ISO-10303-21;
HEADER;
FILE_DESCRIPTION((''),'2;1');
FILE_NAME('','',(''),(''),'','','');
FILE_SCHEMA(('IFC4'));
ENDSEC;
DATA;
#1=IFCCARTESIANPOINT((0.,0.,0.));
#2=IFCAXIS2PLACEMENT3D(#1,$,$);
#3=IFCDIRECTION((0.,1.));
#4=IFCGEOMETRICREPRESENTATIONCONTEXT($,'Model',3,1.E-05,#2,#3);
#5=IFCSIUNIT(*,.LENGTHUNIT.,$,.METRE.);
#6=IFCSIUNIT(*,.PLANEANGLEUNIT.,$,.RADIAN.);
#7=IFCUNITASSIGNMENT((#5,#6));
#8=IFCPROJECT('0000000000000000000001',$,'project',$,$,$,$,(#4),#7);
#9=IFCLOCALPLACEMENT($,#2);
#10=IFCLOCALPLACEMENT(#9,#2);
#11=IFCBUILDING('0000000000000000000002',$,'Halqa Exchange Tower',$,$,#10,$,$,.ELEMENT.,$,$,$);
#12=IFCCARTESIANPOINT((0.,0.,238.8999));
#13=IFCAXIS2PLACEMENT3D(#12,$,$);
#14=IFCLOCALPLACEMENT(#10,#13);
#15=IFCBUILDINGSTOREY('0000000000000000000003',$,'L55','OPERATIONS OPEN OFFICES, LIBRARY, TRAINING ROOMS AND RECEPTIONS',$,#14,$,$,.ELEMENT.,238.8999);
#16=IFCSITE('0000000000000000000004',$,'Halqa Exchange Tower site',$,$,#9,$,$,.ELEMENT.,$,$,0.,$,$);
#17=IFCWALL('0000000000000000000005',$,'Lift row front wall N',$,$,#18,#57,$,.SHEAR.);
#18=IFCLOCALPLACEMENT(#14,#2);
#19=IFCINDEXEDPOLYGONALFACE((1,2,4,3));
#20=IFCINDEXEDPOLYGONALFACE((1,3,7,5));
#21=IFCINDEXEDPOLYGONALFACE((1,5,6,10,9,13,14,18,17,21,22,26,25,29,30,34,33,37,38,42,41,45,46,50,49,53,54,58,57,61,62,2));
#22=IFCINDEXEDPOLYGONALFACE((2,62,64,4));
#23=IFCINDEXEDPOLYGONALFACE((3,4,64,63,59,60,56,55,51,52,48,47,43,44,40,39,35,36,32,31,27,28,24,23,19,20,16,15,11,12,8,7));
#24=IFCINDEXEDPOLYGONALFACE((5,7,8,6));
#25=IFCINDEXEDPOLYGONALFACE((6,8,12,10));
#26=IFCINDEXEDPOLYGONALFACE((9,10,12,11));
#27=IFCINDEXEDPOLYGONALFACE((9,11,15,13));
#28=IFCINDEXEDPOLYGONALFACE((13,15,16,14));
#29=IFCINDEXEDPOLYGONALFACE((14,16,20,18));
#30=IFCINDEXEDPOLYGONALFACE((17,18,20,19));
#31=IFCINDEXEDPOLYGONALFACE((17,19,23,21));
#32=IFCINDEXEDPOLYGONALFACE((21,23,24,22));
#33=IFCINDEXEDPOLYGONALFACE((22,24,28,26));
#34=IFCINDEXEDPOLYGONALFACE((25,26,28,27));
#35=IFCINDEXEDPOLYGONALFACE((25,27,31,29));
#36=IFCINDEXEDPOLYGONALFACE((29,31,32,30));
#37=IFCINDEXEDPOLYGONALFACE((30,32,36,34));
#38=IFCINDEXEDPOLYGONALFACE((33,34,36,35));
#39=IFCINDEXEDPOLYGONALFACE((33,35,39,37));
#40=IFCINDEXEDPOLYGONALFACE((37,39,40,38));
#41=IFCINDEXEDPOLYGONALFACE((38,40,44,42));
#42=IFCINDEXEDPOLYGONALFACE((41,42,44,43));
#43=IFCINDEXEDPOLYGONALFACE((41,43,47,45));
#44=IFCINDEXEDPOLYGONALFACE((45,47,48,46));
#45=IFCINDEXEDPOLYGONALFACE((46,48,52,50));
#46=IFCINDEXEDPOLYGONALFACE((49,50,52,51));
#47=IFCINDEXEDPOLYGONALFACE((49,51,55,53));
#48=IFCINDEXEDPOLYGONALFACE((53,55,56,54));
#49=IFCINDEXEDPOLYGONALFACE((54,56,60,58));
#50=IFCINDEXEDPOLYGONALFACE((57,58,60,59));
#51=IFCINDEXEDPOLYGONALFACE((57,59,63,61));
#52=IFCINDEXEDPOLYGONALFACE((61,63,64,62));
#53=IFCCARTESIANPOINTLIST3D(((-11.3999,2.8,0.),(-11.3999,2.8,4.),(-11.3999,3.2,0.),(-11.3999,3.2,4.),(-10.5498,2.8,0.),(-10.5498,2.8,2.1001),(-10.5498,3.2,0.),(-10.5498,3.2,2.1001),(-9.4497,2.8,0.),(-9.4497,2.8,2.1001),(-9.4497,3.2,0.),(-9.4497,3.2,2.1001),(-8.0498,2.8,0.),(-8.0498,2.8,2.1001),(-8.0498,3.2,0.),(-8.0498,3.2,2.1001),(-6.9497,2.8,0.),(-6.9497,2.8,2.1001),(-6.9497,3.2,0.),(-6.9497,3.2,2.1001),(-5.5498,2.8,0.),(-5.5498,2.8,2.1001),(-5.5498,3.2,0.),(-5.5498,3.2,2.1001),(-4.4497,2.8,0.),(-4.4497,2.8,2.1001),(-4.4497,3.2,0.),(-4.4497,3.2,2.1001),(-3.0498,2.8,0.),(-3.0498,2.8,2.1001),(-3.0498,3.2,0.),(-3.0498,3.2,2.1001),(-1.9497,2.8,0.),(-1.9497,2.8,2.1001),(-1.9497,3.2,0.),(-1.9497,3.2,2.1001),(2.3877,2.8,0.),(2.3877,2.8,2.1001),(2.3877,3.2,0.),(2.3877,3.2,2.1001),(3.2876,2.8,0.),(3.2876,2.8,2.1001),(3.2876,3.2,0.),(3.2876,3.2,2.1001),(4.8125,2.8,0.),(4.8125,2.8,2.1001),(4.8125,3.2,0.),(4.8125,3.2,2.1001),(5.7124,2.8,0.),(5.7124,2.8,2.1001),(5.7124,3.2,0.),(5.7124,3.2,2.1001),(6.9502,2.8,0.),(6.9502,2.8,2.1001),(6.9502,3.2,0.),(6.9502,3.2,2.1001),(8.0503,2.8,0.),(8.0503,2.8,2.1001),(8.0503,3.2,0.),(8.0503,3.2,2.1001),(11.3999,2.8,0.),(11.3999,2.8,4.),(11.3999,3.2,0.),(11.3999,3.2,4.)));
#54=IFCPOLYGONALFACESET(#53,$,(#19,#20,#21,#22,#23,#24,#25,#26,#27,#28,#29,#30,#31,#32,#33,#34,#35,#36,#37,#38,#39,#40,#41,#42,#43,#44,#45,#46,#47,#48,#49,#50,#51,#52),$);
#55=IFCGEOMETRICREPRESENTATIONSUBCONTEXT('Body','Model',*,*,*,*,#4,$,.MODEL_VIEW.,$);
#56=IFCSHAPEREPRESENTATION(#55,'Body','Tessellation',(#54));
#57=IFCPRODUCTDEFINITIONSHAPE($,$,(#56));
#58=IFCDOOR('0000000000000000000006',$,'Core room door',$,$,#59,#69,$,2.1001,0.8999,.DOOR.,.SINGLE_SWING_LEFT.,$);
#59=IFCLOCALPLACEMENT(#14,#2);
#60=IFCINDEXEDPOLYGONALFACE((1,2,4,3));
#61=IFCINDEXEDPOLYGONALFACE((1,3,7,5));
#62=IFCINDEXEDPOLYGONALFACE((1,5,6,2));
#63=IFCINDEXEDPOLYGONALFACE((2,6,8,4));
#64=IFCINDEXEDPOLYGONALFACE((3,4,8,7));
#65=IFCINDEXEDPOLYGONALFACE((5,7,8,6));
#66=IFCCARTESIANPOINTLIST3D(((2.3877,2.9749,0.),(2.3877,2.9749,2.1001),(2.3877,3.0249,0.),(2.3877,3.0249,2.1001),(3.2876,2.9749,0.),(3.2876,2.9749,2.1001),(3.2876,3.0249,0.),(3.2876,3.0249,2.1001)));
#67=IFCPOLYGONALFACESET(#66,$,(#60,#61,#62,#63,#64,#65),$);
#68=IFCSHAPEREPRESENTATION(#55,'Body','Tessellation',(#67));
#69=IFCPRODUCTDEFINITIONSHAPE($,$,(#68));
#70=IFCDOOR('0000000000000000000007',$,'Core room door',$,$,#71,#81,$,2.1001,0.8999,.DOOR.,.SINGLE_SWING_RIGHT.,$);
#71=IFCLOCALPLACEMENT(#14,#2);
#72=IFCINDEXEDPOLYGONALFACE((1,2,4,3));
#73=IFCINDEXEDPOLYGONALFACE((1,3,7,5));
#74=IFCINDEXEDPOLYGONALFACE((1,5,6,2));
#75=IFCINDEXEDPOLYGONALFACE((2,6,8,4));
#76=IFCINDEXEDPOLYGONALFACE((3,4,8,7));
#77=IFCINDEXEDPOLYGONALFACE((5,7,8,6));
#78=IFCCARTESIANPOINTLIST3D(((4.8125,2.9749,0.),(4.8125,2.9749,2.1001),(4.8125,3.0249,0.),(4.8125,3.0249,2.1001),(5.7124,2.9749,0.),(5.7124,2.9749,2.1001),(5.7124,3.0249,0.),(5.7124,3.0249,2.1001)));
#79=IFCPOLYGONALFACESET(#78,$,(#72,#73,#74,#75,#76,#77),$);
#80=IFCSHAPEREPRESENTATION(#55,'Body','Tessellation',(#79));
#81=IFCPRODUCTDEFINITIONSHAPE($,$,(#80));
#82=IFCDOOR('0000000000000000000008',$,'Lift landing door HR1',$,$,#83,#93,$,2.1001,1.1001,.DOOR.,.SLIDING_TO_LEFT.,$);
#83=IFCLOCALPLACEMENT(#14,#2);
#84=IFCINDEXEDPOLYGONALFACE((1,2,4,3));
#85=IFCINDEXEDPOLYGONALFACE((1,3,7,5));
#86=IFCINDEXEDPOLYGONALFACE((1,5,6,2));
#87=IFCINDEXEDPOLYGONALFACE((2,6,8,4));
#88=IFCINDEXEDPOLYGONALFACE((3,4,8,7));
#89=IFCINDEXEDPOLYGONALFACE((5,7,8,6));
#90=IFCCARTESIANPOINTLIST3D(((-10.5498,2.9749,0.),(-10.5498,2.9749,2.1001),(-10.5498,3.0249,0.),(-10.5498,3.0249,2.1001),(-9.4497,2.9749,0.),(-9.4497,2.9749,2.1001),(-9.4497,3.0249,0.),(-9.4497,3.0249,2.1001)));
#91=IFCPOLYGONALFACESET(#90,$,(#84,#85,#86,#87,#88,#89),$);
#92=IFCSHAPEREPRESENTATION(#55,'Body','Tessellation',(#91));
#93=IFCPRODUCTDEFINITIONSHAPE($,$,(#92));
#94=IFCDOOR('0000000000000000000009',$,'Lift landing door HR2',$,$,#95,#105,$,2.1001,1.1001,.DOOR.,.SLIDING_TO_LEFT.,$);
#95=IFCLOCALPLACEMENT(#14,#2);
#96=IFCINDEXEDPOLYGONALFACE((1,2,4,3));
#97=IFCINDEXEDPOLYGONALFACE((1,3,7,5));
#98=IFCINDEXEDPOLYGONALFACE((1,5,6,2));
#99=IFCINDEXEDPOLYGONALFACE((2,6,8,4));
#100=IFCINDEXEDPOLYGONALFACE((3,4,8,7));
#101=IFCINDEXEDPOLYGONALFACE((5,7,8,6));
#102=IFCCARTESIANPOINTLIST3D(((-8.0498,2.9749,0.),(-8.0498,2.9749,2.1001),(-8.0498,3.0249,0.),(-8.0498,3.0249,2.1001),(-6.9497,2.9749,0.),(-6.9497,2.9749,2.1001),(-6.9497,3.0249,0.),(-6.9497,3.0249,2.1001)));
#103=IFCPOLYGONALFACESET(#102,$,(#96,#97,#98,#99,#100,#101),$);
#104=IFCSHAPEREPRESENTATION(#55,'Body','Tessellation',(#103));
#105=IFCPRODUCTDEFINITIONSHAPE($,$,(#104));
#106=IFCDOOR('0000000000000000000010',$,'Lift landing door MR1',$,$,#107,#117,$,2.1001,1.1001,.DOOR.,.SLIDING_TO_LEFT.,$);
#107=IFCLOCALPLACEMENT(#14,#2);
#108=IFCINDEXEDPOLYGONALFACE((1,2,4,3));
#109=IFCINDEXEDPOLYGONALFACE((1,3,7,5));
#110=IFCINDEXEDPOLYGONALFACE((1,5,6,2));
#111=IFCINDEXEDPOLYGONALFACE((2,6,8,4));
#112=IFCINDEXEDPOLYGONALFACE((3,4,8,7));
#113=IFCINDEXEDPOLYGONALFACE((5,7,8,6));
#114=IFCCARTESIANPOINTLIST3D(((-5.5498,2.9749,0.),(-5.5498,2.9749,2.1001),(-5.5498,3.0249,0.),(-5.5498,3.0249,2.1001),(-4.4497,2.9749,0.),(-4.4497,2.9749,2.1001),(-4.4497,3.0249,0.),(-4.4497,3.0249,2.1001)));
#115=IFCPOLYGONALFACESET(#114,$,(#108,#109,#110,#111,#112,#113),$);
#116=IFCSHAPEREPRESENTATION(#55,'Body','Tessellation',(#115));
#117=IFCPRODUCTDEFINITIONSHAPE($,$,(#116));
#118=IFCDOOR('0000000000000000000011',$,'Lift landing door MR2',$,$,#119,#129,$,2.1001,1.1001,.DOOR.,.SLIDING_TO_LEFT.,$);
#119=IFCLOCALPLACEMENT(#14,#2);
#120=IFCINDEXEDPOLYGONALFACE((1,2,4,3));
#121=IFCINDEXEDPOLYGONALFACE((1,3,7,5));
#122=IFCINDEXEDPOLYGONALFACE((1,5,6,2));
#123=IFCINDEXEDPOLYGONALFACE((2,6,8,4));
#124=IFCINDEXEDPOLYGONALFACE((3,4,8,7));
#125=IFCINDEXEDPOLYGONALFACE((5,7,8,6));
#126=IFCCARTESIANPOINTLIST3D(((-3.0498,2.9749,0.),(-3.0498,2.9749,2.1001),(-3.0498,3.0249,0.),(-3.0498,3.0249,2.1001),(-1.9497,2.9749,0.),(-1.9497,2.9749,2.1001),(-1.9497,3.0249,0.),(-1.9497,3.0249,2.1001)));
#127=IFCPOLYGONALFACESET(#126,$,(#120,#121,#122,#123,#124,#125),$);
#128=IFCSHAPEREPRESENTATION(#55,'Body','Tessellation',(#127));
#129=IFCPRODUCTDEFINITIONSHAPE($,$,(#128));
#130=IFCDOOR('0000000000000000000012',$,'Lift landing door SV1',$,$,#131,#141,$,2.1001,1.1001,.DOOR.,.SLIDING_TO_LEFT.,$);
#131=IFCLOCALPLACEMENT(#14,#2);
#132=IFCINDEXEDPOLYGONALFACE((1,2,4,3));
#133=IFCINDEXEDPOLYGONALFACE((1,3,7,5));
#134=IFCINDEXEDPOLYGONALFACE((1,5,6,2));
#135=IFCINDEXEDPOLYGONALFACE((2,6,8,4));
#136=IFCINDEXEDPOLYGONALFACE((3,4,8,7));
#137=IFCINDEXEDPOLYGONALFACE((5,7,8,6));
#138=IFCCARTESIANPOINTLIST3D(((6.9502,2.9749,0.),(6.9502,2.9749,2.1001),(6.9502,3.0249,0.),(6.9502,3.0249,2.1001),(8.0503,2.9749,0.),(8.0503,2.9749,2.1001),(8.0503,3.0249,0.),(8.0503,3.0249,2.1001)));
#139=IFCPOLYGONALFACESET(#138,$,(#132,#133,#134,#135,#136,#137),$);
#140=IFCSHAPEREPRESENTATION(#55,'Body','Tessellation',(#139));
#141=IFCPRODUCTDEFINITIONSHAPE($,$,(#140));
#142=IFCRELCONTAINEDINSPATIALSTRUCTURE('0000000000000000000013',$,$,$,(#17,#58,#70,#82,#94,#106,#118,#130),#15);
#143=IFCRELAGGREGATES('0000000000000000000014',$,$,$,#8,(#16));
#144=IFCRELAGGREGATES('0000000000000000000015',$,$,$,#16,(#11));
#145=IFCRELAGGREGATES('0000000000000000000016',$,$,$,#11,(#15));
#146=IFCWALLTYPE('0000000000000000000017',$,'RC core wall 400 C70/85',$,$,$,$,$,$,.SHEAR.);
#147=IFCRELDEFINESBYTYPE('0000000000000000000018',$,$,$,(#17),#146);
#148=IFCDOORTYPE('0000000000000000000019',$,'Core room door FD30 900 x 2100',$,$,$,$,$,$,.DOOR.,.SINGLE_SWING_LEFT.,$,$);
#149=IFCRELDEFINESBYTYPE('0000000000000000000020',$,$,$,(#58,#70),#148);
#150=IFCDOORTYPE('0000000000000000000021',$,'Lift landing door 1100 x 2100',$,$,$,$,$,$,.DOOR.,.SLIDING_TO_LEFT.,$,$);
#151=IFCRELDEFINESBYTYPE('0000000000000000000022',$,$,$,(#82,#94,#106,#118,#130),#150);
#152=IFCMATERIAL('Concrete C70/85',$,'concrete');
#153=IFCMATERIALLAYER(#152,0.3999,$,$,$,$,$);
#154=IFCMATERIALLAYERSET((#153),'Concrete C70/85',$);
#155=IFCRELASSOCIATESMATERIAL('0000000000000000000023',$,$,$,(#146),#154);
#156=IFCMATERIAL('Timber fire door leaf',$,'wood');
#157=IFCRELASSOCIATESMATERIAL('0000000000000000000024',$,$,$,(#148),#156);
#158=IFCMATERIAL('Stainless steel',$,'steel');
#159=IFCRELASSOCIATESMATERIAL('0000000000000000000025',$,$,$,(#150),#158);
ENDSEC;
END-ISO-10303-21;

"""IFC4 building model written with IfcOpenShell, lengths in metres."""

from ifc_helpers import new_model, si_unit, direction, frame, frame_2d, origin, place, context, subcontext, project, spatial, rectangle, extrude, material, layer, layer_set, type_object, element, fill, save


model = new_model("IFC4")

# Units and contexts
model_context = context("Model", 3, precision=1e-05, world=origin(), true_north=direction((0.0, 1.0)))
body_context = subcontext(model_context, "Body", "Model", "MODEL_VIEW")
ifc_project = project(units=[si_unit("LENGTHUNIT", "METRE"), si_unit("PLANEANGLEUNIT", "RADIAN")], contexts=[model_context])

# Site, building, storey
site_placement = place(None, origin())
site = spatial("IfcSite", under=ifc_project, at=site_placement, Name="Halqa Exchange Tower site", CompositionType="ELEMENT", RefElevation=0.0)
building_placement = place(site_placement, origin())
building = spatial("IfcBuilding", under=site, at=building_placement, Name="Halqa Exchange Tower", CompositionType="ELEMENT")
storey_placement = place(building_placement, frame((0.0, 0.0, 238.8999)))
storey = spatial("IfcBuildingStorey", under=building, at=storey_placement, Name="L55", Description="OPERATIONS OPEN OFFICES, LIBRARY, TRAINING ROOMS AND RECEPTIONS", CompositionType="ELEMENT", Elevation=238.8999)

# Wall, openings, doors
ifc_material_1 = material(Name="Concrete C70/85", Category="concrete")
ifc_layer_1 = layer(ifc_material_1, 0.3999)
ifc_layer_set_1 = layer_set([ifc_layer_1], Name="Concrete C70/85")
wall_type_1 = type_object("IfcWallType", Name="RC core wall 400 C70/85", PredefinedType="SHEAR", material=ifc_layer_set_1)
wall_1_placement = place(storey_placement, frame((-11.3999, 3.0, 0.0), z_axis=(0.0, 0.0, 1.0), x_axis=(1.0, 0.0, 0.0)))
wall_1 = element("IfcWall", 1, at=wall_1_placement, inside=storey, type_object=wall_type_1, Name="Lift row front wall N", PredefinedType="SHEAR", context=body_context, shape_type="SweptSolid", body=[
    extrude(rectangle(XDim=22.7998, YDim=0.3999, at=frame_2d((11.3999, 0.0))), origin(), (0.0, 0.0, 1.0), 4.0),
])
opening_1_placement = place(wall_1_placement, frame((0.8501, 0.0, 0.0)))
opening_1 = element("IfcOpeningElement", 2, at=opening_1_placement, cuts=wall_1, PredefinedType="OPENING", context=body_context, shape_type="SweptSolid", body=[
    extrude(rectangle(XDim=1.1001, YDim=2.1001, at=frame_2d((0.55, 1.05))), frame((0.0, 0.2119, 0.0), z_axis=(0.0, -1.0, 0.0), x_axis=(1.0, 0.0, 0.0)), (0.0, 0.0, 1.0), 0.4238),
])
opening_2_placement = place(wall_1_placement, frame((3.3501, 0.0, 0.0)))
opening_2 = element("IfcOpeningElement", 3, at=opening_2_placement, cuts=wall_1, PredefinedType="OPENING", context=body_context, shape_type="SweptSolid", body=[
    extrude(rectangle(XDim=1.1001, YDim=2.1001, at=frame_2d((0.55, 1.05))), frame((0.0, 0.2119, 0.0), z_axis=(0.0, -1.0, 0.0), x_axis=(1.0, 0.0, 0.0)), (0.0, 0.0, 1.0), 0.4238),
])
opening_3_placement = place(wall_1_placement, frame((5.8501, 0.0, 0.0)))
opening_3 = element("IfcOpeningElement", 4, at=opening_3_placement, cuts=wall_1, PredefinedType="OPENING", context=body_context, shape_type="SweptSolid", body=[
    extrude(rectangle(XDim=1.1001, YDim=2.1001, at=frame_2d((0.55, 1.05))), frame((0.0, 0.2119, 0.0), z_axis=(0.0, -1.0, 0.0), x_axis=(1.0, 0.0, 0.0)), (0.0, 0.0, 1.0), 0.4238),
])
opening_4_placement = place(wall_1_placement, frame((8.3501, 0.0, 0.0)))
opening_4 = element("IfcOpeningElement", 5, at=opening_4_placement, cuts=wall_1, PredefinedType="OPENING", context=body_context, shape_type="SweptSolid", body=[
    extrude(rectangle(XDim=1.1001, YDim=2.1001, at=frame_2d((0.55, 1.05))), frame((0.0, 0.2119, 0.0), z_axis=(0.0, -1.0, 0.0), x_axis=(1.0, 0.0, 0.0)), (0.0, 0.0, 1.0), 0.4238),
])
opening_5_placement = place(wall_1_placement, frame((18.3501, 0.0, 0.0)))
opening_5 = element("IfcOpeningElement", 6, at=opening_5_placement, cuts=wall_1, PredefinedType="OPENING", context=body_context, shape_type="SweptSolid", body=[
    extrude(rectangle(XDim=1.1001, YDim=2.1001, at=frame_2d((0.55, 1.05))), frame((0.0, 0.2119, 0.0), z_axis=(0.0, -1.0, 0.0), x_axis=(1.0, 0.0, 0.0)), (0.0, 0.0, 1.0), 0.4238),
])
opening_6_placement = place(wall_1_placement, frame((13.7876, 0.0, 0.0)))
opening_6 = element("IfcOpeningElement", 7, at=opening_6_placement, cuts=wall_1, PredefinedType="OPENING", context=body_context, shape_type="SweptSolid", body=[
    extrude(rectangle(XDim=0.8999, YDim=2.1001, at=frame_2d((0.45, 1.05))), frame((0.0, 0.2119, 0.0), z_axis=(0.0, -1.0, 0.0), x_axis=(1.0, 0.0, 0.0)), (0.0, 0.0, 1.0), 0.4238),
])
opening_7_placement = place(wall_1_placement, frame((16.2124, 0.0, 0.0)))
opening_7 = element("IfcOpeningElement", 8, at=opening_7_placement, cuts=wall_1, PredefinedType="OPENING", context=body_context, shape_type="SweptSolid", body=[
    extrude(rectangle(XDim=0.8999, YDim=2.1001, at=frame_2d((0.45, 1.05))), frame((0.0, 0.2119, 0.0), z_axis=(0.0, -1.0, 0.0), x_axis=(1.0, 0.0, 0.0)), (0.0, 0.0, 1.0), 0.4238),
])
ifc_material_2 = material(Name="Timber fire door leaf", Category="wood")
door_type_1 = type_object("IfcDoorType", Name="Core room door FD30 900 x 2100", OperationType="SINGLE_SWING_LEFT", PredefinedType="DOOR", material=ifc_material_2)
door_1_placement = place(opening_6_placement, origin())
door_1 = element("IfcDoor", 9, at=door_1_placement, inside=storey, type_object=door_type_1, Name="Core room door", OperationType="SINGLE_SWING_LEFT", OverallHeight=2.1001, OverallWidth=0.8999, PredefinedType="DOOR", context=body_context, shape_type="SweptSolid", body=[
    extrude(rectangle(XDim=0.8999, YDim=2.1001, at=frame_2d((0.45, 1.05))), frame((0.0, 0.0249, 0.0), z_axis=(0.0, -1.0, 0.0), x_axis=(1.0, 0.0, 0.0)), (0.0, 0.0, 1.0), 0.05),
])
fill(opening_6, door_1)
door_2_placement = place(opening_7_placement, origin())
door_2 = element("IfcDoor", 10, at=door_2_placement, inside=storey, type_object=door_type_1, Name="Core room door", OperationType="SINGLE_SWING_RIGHT", OverallHeight=2.1001, OverallWidth=0.8999, PredefinedType="DOOR", context=body_context, shape_type="SweptSolid", body=[
    extrude(rectangle(XDim=0.8999, YDim=2.1001, at=frame_2d((0.45, 1.05))), frame((0.0, 0.0249, 0.0), z_axis=(0.0, -1.0, 0.0), x_axis=(1.0, 0.0, 0.0)), (0.0, 0.0, 1.0), 0.05),
])
fill(opening_7, door_2)
ifc_material_3 = material(Name="Stainless steel", Category="steel")
door_type_2 = type_object("IfcDoorType", Name="Lift landing door 1100 x 2100", OperationType="SLIDING_TO_LEFT", PredefinedType="DOOR", material=ifc_material_3)
door_3_placement = place(opening_1_placement, origin())
door_3 = element("IfcDoor", 11, at=door_3_placement, inside=storey, type_object=door_type_2, Name="Lift landing door HR1", OperationType="SLIDING_TO_LEFT", OverallHeight=2.1001, OverallWidth=1.1001, PredefinedType="DOOR", context=body_context, shape_type="SweptSolid", body=[
    extrude(rectangle(XDim=1.1001, YDim=2.1001, at=frame_2d((0.55, 1.05))), frame((0.0, 0.0249, 0.0), z_axis=(0.0, -1.0, 0.0), x_axis=(1.0, 0.0, 0.0)), (0.0, 0.0, 1.0), 0.05),
])
fill(opening_1, door_3)
door_4_placement = place(opening_2_placement, origin())
door_4 = element("IfcDoor", 12, at=door_4_placement, inside=storey, type_object=door_type_2, Name="Lift landing door HR2", OperationType="SLIDING_TO_LEFT", OverallHeight=2.1001, OverallWidth=1.1001, PredefinedType="DOOR", context=body_context, shape_type="SweptSolid", body=[
    extrude(rectangle(XDim=1.1001, YDim=2.1001, at=frame_2d((0.55, 1.05))), frame((0.0, 0.0249, 0.0), z_axis=(0.0, -1.0, 0.0), x_axis=(1.0, 0.0, 0.0)), (0.0, 0.0, 1.0), 0.05),
])
fill(opening_2, door_4)
door_5_placement = place(opening_3_placement, origin())
door_5 = element("IfcDoor", 13, at=door_5_placement, inside=storey, type_object=door_type_2, Name="Lift landing door MR1", OperationType="SLIDING_TO_LEFT", OverallHeight=2.1001, OverallWidth=1.1001, PredefinedType="DOOR", context=body_context, shape_type="SweptSolid", body=[
    extrude(rectangle(XDim=1.1001, YDim=2.1001, at=frame_2d((0.55, 1.05))), frame((0.0, 0.0249, 0.0), z_axis=(0.0, -1.0, 0.0), x_axis=(1.0, 0.0, 0.0)), (0.0, 0.0, 1.0), 0.05),
])
fill(opening_3, door_5)
door_6_placement = place(opening_4_placement, origin())
door_6 = element("IfcDoor", 14, at=door_6_placement, inside=storey, type_object=door_type_2, Name="Lift landing door MR2", OperationType="SLIDING_TO_LEFT", OverallHeight=2.1001, OverallWidth=1.1001, PredefinedType="DOOR", context=body_context, shape_type="SweptSolid", body=[
    extrude(rectangle(XDim=1.1001, YDim=2.1001, at=frame_2d((0.55, 1.05))), frame((0.0, 0.0249, 0.0), z_axis=(0.0, -1.0, 0.0), x_axis=(1.0, 0.0, 0.0)), (0.0, 0.0, 1.0), 0.05),
])
fill(opening_4, door_6)
door_7_placement = place(opening_5_placement, origin())
door_7 = element("IfcDoor", 15, at=door_7_placement, inside=storey, type_object=door_type_2, Name="Lift landing door SV1", OperationType="SLIDING_TO_LEFT", OverallHeight=2.1001, OverallWidth=1.1001, PredefinedType="DOOR", context=body_context, shape_type="SweptSolid", body=[
    extrude(rectangle(XDim=1.1001, YDim=2.1001, at=frame_2d((0.55, 1.05))), frame((0.0, 0.0249, 0.0), z_axis=(0.0, -1.0, 0.0), x_axis=(1.0, 0.0, 0.0)), (0.0, 0.0, 1.0), 0.05),
])
fill(opening_5, door_7)

save(model, "model.ifc")
